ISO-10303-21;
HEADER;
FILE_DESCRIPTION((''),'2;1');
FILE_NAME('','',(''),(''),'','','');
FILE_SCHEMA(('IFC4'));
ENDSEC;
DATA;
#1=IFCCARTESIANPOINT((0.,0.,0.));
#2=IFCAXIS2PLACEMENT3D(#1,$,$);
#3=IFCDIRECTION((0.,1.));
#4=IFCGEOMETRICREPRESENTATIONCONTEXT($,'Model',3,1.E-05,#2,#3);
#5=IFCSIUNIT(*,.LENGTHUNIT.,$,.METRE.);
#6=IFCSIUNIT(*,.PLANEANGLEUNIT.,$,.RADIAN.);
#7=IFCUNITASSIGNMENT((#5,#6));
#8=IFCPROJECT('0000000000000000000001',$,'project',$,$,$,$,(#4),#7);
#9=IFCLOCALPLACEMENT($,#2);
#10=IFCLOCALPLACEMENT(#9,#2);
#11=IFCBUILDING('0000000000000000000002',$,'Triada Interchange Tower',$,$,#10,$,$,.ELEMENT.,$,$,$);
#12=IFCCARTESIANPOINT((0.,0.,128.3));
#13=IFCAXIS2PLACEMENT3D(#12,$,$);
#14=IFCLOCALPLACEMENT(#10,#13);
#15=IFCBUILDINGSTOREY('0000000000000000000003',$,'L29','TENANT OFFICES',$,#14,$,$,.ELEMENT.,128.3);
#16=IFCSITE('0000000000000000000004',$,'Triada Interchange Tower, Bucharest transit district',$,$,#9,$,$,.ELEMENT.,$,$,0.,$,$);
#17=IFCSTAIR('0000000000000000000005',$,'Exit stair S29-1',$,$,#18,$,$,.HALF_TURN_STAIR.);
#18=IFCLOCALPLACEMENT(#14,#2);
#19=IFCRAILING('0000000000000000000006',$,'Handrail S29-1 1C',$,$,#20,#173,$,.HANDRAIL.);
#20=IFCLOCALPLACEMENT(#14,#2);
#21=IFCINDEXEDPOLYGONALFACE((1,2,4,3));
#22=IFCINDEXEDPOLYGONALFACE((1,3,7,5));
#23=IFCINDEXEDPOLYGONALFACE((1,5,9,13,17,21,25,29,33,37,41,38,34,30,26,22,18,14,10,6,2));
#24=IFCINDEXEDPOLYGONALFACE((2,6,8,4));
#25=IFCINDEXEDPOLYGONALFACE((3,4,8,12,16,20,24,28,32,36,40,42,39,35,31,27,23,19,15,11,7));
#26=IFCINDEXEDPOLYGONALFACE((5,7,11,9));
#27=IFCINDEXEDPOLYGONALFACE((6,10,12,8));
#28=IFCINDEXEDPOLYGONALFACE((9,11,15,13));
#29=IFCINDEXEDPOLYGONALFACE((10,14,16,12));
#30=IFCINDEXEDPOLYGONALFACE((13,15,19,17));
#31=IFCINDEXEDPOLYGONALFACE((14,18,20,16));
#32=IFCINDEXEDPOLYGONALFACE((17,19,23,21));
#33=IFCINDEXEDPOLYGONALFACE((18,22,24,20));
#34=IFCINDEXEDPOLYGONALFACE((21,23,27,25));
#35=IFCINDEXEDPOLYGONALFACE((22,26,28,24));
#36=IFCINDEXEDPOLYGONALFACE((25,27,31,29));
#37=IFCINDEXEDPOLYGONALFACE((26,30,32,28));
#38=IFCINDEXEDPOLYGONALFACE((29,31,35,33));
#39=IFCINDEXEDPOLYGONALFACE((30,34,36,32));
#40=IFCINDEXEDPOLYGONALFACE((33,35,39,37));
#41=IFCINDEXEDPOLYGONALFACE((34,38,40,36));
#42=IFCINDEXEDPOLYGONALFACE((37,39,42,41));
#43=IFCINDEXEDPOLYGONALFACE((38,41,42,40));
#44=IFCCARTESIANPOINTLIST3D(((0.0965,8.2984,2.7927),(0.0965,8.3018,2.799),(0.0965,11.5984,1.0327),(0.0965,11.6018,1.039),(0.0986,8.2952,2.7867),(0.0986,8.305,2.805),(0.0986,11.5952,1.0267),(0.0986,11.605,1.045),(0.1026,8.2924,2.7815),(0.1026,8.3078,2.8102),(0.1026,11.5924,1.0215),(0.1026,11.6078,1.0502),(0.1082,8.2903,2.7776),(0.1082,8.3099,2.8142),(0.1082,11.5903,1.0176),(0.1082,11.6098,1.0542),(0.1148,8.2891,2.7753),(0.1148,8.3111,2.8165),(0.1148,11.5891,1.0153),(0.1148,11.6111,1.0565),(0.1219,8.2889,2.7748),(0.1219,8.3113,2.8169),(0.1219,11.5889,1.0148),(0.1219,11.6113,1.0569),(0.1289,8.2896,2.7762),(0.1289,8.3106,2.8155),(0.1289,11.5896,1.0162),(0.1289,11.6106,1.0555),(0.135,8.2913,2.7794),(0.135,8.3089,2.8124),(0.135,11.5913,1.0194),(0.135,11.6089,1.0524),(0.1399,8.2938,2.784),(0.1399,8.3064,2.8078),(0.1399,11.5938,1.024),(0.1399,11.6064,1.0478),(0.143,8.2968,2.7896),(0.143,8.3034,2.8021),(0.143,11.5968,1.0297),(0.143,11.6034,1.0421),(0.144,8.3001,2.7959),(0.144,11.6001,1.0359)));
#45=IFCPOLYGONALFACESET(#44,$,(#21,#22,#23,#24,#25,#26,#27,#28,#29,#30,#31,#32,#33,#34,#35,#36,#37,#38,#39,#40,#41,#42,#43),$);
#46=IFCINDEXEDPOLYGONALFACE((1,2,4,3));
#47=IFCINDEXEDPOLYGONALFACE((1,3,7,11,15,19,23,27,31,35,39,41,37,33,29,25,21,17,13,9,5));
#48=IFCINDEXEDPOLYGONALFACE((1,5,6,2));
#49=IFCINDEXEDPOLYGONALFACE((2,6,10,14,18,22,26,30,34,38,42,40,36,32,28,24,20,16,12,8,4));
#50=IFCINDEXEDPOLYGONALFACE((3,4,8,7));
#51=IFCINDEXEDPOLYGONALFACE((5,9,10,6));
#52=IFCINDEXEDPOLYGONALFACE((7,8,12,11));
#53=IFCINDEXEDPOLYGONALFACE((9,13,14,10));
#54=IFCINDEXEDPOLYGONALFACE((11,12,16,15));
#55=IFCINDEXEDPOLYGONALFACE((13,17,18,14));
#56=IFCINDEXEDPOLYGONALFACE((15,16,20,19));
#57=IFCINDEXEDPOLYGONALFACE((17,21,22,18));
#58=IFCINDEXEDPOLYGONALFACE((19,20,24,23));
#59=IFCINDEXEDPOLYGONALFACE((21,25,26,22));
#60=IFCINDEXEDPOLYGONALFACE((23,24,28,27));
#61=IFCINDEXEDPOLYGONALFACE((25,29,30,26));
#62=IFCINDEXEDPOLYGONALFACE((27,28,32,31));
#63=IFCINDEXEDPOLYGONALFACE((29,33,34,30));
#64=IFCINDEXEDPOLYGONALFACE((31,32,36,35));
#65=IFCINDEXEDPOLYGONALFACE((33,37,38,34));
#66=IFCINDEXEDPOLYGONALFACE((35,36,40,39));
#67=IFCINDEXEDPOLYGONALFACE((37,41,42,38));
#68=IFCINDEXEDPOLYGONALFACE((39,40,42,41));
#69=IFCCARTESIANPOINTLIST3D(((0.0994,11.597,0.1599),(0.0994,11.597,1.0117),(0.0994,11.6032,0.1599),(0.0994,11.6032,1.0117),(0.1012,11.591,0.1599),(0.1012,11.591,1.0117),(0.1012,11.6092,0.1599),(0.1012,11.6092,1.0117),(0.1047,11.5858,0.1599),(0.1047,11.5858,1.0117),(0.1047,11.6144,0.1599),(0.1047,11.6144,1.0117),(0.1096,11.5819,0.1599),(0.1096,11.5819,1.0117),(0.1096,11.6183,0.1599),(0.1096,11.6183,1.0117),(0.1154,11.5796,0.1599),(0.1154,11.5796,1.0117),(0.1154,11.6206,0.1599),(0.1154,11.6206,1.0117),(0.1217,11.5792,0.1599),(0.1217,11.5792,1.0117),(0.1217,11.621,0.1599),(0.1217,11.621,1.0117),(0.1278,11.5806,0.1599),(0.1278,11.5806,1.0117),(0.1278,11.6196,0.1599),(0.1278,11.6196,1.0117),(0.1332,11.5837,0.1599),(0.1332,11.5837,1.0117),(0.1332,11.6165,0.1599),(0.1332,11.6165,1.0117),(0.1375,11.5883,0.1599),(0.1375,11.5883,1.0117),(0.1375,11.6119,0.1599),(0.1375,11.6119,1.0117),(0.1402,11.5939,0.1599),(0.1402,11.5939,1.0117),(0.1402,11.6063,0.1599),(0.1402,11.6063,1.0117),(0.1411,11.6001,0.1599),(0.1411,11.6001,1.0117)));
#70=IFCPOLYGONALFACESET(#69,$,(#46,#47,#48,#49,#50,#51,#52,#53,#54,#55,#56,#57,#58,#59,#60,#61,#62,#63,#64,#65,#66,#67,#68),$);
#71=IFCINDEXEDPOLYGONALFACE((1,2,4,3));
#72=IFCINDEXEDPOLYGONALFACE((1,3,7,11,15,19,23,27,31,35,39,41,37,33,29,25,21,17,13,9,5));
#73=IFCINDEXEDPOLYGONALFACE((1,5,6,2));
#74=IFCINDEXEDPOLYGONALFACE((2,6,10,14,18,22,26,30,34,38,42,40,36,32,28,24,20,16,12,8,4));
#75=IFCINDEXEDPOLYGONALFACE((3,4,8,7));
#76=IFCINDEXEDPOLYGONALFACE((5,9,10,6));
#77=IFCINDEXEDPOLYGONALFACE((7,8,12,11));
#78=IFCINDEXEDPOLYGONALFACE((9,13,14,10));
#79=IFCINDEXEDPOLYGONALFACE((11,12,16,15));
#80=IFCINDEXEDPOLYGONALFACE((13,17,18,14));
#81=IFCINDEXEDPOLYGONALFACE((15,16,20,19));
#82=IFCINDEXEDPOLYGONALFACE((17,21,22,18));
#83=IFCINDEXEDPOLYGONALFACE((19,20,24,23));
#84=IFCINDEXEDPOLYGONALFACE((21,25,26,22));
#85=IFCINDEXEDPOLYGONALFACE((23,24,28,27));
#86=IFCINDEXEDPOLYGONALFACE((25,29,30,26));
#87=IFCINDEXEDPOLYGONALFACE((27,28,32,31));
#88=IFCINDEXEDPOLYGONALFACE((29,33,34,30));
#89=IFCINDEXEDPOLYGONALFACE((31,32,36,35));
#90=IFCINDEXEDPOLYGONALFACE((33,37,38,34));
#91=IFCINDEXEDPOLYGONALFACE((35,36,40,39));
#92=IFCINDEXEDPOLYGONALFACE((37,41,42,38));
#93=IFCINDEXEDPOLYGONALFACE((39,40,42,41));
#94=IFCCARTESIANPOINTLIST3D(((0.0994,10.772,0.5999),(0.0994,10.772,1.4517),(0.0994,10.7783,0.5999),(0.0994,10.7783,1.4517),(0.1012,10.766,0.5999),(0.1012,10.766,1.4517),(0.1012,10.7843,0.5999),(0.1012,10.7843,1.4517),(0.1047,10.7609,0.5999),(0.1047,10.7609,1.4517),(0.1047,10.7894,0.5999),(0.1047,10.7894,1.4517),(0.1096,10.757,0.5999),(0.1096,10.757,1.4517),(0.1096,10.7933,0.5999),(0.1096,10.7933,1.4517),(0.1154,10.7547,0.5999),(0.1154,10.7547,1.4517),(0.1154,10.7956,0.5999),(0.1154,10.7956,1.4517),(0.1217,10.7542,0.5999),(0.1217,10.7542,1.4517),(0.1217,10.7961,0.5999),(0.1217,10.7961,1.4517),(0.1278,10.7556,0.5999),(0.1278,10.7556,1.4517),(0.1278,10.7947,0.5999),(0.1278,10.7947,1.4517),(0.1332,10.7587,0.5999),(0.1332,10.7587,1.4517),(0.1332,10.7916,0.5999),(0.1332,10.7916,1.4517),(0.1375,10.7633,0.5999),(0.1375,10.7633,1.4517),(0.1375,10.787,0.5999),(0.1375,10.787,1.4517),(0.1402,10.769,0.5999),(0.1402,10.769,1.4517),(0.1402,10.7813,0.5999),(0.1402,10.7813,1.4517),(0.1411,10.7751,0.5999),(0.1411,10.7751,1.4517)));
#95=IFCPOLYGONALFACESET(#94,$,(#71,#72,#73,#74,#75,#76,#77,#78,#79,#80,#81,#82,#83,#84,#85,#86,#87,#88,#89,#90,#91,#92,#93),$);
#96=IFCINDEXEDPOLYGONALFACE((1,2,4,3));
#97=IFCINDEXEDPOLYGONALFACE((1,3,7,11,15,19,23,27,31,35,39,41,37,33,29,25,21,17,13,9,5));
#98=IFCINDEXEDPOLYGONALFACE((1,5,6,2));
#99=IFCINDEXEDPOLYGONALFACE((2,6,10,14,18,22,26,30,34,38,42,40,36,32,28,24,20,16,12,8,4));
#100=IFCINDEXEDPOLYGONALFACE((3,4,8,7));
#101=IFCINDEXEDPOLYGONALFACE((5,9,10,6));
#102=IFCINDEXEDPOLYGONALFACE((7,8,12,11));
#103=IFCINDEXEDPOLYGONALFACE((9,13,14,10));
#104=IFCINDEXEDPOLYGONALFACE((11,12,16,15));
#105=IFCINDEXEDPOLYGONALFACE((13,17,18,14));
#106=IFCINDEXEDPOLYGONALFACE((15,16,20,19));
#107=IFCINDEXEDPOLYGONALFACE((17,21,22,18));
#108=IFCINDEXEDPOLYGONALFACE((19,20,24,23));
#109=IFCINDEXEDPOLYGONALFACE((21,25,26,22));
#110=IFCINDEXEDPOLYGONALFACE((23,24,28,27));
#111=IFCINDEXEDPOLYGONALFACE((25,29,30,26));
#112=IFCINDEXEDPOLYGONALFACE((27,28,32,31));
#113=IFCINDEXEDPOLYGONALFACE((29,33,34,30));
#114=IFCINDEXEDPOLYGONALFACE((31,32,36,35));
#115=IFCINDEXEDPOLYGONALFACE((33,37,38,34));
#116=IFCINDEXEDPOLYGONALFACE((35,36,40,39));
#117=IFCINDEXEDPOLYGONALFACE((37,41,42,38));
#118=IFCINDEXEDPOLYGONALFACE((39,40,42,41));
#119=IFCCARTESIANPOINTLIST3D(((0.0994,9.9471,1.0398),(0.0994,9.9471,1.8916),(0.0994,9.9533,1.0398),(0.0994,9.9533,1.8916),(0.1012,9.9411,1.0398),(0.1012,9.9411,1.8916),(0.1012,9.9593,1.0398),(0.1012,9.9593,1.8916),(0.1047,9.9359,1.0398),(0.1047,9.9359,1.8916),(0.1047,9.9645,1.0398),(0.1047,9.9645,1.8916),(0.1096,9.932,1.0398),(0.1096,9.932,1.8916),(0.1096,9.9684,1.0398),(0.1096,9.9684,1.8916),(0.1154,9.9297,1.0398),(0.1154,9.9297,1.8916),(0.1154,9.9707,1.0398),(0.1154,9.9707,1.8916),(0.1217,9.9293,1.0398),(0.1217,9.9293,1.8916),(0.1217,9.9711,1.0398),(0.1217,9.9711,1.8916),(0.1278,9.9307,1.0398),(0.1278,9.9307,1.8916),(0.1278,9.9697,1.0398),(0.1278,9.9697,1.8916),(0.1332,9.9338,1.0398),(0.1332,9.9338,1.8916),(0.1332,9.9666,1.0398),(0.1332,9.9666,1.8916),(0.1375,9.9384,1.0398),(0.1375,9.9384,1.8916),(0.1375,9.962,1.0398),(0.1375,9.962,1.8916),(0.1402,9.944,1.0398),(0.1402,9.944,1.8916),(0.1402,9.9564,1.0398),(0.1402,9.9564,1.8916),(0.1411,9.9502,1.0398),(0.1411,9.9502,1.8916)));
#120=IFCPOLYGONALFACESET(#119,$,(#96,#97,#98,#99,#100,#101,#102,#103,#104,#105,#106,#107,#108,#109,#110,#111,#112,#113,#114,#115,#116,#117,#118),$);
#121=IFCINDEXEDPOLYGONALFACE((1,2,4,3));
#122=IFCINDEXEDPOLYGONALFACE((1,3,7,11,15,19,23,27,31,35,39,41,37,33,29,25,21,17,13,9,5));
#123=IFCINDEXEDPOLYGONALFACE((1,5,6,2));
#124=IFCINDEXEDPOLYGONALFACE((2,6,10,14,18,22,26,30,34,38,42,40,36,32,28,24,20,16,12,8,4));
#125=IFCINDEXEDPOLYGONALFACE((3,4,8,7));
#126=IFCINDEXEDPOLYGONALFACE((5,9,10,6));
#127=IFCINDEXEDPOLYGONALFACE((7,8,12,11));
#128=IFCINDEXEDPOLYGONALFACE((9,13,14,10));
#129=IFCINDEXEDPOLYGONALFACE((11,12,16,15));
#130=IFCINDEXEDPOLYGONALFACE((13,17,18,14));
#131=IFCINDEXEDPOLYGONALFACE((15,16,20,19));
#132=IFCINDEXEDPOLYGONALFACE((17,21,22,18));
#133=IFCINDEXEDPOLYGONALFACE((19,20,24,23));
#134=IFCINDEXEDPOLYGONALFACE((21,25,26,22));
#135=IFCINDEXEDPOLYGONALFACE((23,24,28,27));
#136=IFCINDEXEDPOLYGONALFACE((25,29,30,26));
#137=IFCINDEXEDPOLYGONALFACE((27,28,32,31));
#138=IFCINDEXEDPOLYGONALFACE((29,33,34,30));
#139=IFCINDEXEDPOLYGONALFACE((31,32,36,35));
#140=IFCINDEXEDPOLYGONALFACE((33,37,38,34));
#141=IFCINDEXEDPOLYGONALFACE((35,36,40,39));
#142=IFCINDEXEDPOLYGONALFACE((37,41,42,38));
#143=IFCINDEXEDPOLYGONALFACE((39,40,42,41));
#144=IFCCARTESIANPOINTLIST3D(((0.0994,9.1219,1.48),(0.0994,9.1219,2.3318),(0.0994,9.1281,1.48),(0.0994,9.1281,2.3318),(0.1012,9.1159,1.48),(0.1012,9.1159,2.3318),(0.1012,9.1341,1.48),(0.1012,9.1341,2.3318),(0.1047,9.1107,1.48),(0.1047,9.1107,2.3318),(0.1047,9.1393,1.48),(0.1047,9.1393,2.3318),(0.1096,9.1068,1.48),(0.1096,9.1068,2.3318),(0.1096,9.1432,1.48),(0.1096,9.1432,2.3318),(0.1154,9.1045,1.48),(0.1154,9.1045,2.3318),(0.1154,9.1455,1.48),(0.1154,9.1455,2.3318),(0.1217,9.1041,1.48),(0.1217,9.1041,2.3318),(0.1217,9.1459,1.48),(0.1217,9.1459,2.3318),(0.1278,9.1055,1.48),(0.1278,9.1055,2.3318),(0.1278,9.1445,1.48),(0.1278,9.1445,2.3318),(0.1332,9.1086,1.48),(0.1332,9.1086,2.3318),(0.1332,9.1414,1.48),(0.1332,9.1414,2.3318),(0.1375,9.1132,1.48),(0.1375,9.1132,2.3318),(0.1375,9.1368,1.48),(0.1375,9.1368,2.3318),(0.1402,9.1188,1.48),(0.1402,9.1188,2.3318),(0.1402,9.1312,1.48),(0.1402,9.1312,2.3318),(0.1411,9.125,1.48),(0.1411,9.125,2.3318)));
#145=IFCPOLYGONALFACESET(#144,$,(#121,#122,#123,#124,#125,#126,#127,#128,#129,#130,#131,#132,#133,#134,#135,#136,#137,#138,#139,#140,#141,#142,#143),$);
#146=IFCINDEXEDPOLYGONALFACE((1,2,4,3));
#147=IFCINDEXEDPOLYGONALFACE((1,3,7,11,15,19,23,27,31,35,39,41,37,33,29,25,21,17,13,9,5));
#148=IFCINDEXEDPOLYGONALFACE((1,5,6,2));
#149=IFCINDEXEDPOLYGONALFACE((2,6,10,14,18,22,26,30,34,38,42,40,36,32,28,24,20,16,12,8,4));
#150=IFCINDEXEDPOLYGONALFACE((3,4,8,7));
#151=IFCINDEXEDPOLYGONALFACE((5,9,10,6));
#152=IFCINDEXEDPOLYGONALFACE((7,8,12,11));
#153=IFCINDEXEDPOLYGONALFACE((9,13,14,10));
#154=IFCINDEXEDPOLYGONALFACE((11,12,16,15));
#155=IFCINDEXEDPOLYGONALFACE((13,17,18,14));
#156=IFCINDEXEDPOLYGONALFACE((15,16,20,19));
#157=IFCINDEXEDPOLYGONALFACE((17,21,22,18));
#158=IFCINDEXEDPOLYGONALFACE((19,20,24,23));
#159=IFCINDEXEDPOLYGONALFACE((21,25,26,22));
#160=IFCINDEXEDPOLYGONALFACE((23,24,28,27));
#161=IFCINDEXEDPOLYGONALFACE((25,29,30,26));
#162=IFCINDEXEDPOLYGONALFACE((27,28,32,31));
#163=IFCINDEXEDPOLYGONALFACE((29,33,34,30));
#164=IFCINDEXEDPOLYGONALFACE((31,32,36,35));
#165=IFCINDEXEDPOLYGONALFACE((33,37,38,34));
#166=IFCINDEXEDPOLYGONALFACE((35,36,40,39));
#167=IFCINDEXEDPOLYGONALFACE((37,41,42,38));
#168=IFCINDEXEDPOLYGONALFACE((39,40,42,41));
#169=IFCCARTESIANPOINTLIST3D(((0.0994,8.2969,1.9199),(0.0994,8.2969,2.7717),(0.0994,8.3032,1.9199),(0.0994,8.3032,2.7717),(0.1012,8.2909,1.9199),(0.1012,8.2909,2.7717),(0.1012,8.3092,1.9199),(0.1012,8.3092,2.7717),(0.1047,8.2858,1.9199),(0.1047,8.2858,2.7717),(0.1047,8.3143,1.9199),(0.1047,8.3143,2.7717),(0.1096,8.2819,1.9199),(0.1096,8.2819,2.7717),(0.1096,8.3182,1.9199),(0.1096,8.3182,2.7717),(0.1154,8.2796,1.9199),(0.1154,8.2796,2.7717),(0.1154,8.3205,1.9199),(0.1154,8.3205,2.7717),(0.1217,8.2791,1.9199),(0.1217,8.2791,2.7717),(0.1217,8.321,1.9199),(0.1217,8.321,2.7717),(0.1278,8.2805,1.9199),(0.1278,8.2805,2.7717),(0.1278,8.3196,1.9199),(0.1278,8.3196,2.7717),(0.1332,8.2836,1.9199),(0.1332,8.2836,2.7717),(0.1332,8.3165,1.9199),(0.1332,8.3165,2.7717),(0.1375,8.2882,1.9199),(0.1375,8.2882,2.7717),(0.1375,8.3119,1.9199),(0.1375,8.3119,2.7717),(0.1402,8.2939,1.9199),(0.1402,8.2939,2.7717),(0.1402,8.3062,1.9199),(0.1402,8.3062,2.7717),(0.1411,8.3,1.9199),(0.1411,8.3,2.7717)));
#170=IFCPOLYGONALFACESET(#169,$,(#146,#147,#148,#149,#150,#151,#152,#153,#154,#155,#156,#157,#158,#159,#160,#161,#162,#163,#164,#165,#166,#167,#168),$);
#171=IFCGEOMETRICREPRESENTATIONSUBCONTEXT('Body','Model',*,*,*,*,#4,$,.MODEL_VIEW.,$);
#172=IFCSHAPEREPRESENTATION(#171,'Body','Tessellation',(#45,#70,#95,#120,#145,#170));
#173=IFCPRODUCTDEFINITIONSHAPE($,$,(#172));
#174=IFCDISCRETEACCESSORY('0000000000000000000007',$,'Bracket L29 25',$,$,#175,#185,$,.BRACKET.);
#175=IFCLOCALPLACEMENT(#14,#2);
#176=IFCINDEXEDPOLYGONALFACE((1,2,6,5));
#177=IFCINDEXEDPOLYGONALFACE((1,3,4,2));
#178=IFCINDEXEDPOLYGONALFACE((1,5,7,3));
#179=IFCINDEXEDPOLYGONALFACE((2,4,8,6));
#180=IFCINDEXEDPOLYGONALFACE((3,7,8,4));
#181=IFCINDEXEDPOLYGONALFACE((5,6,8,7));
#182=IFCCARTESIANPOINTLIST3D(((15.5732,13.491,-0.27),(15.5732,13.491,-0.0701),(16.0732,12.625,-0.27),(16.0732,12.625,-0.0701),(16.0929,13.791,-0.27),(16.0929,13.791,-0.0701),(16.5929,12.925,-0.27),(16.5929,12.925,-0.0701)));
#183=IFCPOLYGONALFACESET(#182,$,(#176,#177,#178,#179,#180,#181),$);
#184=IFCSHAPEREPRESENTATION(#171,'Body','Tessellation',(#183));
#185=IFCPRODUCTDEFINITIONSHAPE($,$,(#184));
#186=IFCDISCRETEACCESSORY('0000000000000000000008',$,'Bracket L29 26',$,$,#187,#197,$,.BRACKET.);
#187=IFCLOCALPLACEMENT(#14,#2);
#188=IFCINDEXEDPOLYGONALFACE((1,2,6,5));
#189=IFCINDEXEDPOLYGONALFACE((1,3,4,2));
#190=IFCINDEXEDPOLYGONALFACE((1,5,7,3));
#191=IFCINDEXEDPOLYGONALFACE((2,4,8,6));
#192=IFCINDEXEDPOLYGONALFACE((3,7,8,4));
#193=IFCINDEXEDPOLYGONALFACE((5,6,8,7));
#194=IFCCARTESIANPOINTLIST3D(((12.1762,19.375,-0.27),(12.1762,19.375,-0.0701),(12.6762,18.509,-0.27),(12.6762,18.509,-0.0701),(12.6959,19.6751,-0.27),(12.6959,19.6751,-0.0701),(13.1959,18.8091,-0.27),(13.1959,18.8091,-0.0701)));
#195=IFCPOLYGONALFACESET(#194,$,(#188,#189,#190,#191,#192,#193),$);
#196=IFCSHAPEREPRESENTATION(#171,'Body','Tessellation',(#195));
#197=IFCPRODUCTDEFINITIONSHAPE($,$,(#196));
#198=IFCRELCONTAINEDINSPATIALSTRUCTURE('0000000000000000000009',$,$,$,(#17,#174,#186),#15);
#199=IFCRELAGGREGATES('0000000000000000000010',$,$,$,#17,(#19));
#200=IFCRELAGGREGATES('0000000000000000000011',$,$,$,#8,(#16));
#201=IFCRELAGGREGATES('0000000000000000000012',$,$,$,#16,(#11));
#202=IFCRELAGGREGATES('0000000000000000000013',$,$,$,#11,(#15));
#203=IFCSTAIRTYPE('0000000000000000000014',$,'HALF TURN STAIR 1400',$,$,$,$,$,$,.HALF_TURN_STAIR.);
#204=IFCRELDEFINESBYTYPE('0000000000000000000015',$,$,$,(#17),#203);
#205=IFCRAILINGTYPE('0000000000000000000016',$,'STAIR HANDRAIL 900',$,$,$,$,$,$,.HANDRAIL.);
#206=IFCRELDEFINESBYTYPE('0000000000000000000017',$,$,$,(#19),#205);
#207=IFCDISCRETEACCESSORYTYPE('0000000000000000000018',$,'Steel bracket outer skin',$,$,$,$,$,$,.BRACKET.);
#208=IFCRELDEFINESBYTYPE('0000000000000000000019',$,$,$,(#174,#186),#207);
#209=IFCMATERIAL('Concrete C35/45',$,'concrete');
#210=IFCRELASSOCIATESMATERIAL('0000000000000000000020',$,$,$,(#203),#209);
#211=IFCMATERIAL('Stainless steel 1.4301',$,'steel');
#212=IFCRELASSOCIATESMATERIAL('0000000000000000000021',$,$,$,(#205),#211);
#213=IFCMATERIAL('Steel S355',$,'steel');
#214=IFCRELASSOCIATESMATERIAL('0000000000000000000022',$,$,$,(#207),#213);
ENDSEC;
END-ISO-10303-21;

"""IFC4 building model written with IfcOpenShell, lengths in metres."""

from ifc_helpers import new_model, si_unit, direction, frame, origin, origin_2d, place, context, subcontext, project, spatial, rectangle, circle, extrude, material, type_object, element, aggregate, save


model = new_model("IFC4")

# Units and contexts
model_context = context("Model", 3, precision=1e-05, world=origin(), true_north=direction((0.0, 1.0)))
body_context = subcontext(model_context, "Body", "Model", "MODEL_VIEW")
ifc_project = project(units=[si_unit("LENGTHUNIT", "METRE"), si_unit("PLANEANGLEUNIT", "RADIAN")], contexts=[model_context])

# Site, building, storey
site_placement = place(None, origin())
site = spatial("IfcSite", under=ifc_project, at=site_placement, Name="Triada Interchange Tower, Bucharest transit district", CompositionType="ELEMENT", RefElevation=0.0)
building_placement = place(site_placement, origin())
building = spatial("IfcBuilding", under=site, at=building_placement, Name="Triada Interchange Tower", CompositionType="ELEMENT")
storey_placement = place(building_placement, frame((0.0, 0.0, 128.3)))
storey = spatial("IfcBuildingStorey", under=building, at=storey_placement, Name="L29", Description="TENANT OFFICES", CompositionType="ELEMENT", Elevation=128.3)

# Stair
ifc_material_1 = material(Name="Concrete C35/45", Category="concrete")
stair_type = type_object("IfcStairType", Name="HALF TURN STAIR 1400", PredefinedType="HALF_TURN_STAIR", material=ifc_material_1)
stair_placement = place(storey_placement, origin())
stair = element("IfcStair", 1, at=stair_placement, inside=storey, type_object=stair_type, Name="Exit stair S29-1", PredefinedType="HALF_TURN_STAIR")

# Railing
ifc_material_2 = material(Name="Stainless steel 1.4301", Category="steel")
railing_type = type_object("IfcRailingType", Name="STAIR HANDRAIL 900", PredefinedType="HANDRAIL", material=ifc_material_2)
railing_1_placement = place(storey_placement, frame((0.1201, 11.6001, 0.1599)))
railing_1 = element("IfcRailing", 2, at=railing_1_placement, type_object=railing_type, Name="Handrail S29-1 1C", PredefinedType="HANDRAIL", context=body_context, shape_type="SweptSolid", body=[
    extrude(circle(Radius=0.0239, at=origin_2d()), frame((0.0, 0.0, 0.876), z_axis=(0.0, -0.882355, 0.470585), x_axis=(1.0, 0.0, 0.0)), (0.0, 0.0, 1.0), 3.74),
    extrude(circle(Radius=0.021, at=origin_2d()), origin(), (0.0, 0.0, 1.0), 0.8518),
    extrude(circle(Radius=0.021, at=origin_2d()), frame((0.0, -0.825, 0.4399)), (0.0, 0.0, 1.0), 0.8518),
    extrude(circle(Radius=0.021, at=origin_2d()), frame((0.0, -1.6499, 0.8799)), (0.0, 0.0, 1.0), 0.8518),
    extrude(circle(Radius=0.021, at=origin_2d()), frame((0.0, -2.4751, 1.3201)), (0.0, 0.0, 1.0), 0.8518),
    extrude(circle(Radius=0.021, at=origin_2d()), frame((0.0, -3.3, 1.76)), (0.0, 0.0, 1.0), 0.8518),
])
aggregate(stair, [railing_1])

# Discrete accessories
ifc_material_3 = material(Name="Steel S355", Category="steel")
discrete_accessory_type = type_object("IfcDiscreteAccessoryType", Name="Steel bracket outer skin", PredefinedType="BRACKET", material=ifc_material_3)
for number, where, z_axis, x_axis, name in (
    (3, (16.083, 13.208, -0.27), (0.0, 0.0, 1.0), (0.866023, 0.500004, 0.0), "Bracket L29 25"),
    (4, (12.686, 19.092, -0.27), (0.0, 0.0, 1.0), (0.866023, 0.500004, 0.0), "Bracket L29 26"),
):
    element("IfcDiscreteAccessory", number, at=place(storey_placement, frame(where, z_axis=z_axis, x_axis=x_axis)), inside=storey, type_object=discrete_accessory_type, Name=name, PredefinedType="BRACKET", context=body_context, shape_type="SweptSolid", body=[
        extrude(rectangle(XDim=0.6001, YDim=1.0, at=origin_2d()), origin(), (0.0, 0.0, 1.0), 0.2),
    ])

save(model, "model.ifc")
